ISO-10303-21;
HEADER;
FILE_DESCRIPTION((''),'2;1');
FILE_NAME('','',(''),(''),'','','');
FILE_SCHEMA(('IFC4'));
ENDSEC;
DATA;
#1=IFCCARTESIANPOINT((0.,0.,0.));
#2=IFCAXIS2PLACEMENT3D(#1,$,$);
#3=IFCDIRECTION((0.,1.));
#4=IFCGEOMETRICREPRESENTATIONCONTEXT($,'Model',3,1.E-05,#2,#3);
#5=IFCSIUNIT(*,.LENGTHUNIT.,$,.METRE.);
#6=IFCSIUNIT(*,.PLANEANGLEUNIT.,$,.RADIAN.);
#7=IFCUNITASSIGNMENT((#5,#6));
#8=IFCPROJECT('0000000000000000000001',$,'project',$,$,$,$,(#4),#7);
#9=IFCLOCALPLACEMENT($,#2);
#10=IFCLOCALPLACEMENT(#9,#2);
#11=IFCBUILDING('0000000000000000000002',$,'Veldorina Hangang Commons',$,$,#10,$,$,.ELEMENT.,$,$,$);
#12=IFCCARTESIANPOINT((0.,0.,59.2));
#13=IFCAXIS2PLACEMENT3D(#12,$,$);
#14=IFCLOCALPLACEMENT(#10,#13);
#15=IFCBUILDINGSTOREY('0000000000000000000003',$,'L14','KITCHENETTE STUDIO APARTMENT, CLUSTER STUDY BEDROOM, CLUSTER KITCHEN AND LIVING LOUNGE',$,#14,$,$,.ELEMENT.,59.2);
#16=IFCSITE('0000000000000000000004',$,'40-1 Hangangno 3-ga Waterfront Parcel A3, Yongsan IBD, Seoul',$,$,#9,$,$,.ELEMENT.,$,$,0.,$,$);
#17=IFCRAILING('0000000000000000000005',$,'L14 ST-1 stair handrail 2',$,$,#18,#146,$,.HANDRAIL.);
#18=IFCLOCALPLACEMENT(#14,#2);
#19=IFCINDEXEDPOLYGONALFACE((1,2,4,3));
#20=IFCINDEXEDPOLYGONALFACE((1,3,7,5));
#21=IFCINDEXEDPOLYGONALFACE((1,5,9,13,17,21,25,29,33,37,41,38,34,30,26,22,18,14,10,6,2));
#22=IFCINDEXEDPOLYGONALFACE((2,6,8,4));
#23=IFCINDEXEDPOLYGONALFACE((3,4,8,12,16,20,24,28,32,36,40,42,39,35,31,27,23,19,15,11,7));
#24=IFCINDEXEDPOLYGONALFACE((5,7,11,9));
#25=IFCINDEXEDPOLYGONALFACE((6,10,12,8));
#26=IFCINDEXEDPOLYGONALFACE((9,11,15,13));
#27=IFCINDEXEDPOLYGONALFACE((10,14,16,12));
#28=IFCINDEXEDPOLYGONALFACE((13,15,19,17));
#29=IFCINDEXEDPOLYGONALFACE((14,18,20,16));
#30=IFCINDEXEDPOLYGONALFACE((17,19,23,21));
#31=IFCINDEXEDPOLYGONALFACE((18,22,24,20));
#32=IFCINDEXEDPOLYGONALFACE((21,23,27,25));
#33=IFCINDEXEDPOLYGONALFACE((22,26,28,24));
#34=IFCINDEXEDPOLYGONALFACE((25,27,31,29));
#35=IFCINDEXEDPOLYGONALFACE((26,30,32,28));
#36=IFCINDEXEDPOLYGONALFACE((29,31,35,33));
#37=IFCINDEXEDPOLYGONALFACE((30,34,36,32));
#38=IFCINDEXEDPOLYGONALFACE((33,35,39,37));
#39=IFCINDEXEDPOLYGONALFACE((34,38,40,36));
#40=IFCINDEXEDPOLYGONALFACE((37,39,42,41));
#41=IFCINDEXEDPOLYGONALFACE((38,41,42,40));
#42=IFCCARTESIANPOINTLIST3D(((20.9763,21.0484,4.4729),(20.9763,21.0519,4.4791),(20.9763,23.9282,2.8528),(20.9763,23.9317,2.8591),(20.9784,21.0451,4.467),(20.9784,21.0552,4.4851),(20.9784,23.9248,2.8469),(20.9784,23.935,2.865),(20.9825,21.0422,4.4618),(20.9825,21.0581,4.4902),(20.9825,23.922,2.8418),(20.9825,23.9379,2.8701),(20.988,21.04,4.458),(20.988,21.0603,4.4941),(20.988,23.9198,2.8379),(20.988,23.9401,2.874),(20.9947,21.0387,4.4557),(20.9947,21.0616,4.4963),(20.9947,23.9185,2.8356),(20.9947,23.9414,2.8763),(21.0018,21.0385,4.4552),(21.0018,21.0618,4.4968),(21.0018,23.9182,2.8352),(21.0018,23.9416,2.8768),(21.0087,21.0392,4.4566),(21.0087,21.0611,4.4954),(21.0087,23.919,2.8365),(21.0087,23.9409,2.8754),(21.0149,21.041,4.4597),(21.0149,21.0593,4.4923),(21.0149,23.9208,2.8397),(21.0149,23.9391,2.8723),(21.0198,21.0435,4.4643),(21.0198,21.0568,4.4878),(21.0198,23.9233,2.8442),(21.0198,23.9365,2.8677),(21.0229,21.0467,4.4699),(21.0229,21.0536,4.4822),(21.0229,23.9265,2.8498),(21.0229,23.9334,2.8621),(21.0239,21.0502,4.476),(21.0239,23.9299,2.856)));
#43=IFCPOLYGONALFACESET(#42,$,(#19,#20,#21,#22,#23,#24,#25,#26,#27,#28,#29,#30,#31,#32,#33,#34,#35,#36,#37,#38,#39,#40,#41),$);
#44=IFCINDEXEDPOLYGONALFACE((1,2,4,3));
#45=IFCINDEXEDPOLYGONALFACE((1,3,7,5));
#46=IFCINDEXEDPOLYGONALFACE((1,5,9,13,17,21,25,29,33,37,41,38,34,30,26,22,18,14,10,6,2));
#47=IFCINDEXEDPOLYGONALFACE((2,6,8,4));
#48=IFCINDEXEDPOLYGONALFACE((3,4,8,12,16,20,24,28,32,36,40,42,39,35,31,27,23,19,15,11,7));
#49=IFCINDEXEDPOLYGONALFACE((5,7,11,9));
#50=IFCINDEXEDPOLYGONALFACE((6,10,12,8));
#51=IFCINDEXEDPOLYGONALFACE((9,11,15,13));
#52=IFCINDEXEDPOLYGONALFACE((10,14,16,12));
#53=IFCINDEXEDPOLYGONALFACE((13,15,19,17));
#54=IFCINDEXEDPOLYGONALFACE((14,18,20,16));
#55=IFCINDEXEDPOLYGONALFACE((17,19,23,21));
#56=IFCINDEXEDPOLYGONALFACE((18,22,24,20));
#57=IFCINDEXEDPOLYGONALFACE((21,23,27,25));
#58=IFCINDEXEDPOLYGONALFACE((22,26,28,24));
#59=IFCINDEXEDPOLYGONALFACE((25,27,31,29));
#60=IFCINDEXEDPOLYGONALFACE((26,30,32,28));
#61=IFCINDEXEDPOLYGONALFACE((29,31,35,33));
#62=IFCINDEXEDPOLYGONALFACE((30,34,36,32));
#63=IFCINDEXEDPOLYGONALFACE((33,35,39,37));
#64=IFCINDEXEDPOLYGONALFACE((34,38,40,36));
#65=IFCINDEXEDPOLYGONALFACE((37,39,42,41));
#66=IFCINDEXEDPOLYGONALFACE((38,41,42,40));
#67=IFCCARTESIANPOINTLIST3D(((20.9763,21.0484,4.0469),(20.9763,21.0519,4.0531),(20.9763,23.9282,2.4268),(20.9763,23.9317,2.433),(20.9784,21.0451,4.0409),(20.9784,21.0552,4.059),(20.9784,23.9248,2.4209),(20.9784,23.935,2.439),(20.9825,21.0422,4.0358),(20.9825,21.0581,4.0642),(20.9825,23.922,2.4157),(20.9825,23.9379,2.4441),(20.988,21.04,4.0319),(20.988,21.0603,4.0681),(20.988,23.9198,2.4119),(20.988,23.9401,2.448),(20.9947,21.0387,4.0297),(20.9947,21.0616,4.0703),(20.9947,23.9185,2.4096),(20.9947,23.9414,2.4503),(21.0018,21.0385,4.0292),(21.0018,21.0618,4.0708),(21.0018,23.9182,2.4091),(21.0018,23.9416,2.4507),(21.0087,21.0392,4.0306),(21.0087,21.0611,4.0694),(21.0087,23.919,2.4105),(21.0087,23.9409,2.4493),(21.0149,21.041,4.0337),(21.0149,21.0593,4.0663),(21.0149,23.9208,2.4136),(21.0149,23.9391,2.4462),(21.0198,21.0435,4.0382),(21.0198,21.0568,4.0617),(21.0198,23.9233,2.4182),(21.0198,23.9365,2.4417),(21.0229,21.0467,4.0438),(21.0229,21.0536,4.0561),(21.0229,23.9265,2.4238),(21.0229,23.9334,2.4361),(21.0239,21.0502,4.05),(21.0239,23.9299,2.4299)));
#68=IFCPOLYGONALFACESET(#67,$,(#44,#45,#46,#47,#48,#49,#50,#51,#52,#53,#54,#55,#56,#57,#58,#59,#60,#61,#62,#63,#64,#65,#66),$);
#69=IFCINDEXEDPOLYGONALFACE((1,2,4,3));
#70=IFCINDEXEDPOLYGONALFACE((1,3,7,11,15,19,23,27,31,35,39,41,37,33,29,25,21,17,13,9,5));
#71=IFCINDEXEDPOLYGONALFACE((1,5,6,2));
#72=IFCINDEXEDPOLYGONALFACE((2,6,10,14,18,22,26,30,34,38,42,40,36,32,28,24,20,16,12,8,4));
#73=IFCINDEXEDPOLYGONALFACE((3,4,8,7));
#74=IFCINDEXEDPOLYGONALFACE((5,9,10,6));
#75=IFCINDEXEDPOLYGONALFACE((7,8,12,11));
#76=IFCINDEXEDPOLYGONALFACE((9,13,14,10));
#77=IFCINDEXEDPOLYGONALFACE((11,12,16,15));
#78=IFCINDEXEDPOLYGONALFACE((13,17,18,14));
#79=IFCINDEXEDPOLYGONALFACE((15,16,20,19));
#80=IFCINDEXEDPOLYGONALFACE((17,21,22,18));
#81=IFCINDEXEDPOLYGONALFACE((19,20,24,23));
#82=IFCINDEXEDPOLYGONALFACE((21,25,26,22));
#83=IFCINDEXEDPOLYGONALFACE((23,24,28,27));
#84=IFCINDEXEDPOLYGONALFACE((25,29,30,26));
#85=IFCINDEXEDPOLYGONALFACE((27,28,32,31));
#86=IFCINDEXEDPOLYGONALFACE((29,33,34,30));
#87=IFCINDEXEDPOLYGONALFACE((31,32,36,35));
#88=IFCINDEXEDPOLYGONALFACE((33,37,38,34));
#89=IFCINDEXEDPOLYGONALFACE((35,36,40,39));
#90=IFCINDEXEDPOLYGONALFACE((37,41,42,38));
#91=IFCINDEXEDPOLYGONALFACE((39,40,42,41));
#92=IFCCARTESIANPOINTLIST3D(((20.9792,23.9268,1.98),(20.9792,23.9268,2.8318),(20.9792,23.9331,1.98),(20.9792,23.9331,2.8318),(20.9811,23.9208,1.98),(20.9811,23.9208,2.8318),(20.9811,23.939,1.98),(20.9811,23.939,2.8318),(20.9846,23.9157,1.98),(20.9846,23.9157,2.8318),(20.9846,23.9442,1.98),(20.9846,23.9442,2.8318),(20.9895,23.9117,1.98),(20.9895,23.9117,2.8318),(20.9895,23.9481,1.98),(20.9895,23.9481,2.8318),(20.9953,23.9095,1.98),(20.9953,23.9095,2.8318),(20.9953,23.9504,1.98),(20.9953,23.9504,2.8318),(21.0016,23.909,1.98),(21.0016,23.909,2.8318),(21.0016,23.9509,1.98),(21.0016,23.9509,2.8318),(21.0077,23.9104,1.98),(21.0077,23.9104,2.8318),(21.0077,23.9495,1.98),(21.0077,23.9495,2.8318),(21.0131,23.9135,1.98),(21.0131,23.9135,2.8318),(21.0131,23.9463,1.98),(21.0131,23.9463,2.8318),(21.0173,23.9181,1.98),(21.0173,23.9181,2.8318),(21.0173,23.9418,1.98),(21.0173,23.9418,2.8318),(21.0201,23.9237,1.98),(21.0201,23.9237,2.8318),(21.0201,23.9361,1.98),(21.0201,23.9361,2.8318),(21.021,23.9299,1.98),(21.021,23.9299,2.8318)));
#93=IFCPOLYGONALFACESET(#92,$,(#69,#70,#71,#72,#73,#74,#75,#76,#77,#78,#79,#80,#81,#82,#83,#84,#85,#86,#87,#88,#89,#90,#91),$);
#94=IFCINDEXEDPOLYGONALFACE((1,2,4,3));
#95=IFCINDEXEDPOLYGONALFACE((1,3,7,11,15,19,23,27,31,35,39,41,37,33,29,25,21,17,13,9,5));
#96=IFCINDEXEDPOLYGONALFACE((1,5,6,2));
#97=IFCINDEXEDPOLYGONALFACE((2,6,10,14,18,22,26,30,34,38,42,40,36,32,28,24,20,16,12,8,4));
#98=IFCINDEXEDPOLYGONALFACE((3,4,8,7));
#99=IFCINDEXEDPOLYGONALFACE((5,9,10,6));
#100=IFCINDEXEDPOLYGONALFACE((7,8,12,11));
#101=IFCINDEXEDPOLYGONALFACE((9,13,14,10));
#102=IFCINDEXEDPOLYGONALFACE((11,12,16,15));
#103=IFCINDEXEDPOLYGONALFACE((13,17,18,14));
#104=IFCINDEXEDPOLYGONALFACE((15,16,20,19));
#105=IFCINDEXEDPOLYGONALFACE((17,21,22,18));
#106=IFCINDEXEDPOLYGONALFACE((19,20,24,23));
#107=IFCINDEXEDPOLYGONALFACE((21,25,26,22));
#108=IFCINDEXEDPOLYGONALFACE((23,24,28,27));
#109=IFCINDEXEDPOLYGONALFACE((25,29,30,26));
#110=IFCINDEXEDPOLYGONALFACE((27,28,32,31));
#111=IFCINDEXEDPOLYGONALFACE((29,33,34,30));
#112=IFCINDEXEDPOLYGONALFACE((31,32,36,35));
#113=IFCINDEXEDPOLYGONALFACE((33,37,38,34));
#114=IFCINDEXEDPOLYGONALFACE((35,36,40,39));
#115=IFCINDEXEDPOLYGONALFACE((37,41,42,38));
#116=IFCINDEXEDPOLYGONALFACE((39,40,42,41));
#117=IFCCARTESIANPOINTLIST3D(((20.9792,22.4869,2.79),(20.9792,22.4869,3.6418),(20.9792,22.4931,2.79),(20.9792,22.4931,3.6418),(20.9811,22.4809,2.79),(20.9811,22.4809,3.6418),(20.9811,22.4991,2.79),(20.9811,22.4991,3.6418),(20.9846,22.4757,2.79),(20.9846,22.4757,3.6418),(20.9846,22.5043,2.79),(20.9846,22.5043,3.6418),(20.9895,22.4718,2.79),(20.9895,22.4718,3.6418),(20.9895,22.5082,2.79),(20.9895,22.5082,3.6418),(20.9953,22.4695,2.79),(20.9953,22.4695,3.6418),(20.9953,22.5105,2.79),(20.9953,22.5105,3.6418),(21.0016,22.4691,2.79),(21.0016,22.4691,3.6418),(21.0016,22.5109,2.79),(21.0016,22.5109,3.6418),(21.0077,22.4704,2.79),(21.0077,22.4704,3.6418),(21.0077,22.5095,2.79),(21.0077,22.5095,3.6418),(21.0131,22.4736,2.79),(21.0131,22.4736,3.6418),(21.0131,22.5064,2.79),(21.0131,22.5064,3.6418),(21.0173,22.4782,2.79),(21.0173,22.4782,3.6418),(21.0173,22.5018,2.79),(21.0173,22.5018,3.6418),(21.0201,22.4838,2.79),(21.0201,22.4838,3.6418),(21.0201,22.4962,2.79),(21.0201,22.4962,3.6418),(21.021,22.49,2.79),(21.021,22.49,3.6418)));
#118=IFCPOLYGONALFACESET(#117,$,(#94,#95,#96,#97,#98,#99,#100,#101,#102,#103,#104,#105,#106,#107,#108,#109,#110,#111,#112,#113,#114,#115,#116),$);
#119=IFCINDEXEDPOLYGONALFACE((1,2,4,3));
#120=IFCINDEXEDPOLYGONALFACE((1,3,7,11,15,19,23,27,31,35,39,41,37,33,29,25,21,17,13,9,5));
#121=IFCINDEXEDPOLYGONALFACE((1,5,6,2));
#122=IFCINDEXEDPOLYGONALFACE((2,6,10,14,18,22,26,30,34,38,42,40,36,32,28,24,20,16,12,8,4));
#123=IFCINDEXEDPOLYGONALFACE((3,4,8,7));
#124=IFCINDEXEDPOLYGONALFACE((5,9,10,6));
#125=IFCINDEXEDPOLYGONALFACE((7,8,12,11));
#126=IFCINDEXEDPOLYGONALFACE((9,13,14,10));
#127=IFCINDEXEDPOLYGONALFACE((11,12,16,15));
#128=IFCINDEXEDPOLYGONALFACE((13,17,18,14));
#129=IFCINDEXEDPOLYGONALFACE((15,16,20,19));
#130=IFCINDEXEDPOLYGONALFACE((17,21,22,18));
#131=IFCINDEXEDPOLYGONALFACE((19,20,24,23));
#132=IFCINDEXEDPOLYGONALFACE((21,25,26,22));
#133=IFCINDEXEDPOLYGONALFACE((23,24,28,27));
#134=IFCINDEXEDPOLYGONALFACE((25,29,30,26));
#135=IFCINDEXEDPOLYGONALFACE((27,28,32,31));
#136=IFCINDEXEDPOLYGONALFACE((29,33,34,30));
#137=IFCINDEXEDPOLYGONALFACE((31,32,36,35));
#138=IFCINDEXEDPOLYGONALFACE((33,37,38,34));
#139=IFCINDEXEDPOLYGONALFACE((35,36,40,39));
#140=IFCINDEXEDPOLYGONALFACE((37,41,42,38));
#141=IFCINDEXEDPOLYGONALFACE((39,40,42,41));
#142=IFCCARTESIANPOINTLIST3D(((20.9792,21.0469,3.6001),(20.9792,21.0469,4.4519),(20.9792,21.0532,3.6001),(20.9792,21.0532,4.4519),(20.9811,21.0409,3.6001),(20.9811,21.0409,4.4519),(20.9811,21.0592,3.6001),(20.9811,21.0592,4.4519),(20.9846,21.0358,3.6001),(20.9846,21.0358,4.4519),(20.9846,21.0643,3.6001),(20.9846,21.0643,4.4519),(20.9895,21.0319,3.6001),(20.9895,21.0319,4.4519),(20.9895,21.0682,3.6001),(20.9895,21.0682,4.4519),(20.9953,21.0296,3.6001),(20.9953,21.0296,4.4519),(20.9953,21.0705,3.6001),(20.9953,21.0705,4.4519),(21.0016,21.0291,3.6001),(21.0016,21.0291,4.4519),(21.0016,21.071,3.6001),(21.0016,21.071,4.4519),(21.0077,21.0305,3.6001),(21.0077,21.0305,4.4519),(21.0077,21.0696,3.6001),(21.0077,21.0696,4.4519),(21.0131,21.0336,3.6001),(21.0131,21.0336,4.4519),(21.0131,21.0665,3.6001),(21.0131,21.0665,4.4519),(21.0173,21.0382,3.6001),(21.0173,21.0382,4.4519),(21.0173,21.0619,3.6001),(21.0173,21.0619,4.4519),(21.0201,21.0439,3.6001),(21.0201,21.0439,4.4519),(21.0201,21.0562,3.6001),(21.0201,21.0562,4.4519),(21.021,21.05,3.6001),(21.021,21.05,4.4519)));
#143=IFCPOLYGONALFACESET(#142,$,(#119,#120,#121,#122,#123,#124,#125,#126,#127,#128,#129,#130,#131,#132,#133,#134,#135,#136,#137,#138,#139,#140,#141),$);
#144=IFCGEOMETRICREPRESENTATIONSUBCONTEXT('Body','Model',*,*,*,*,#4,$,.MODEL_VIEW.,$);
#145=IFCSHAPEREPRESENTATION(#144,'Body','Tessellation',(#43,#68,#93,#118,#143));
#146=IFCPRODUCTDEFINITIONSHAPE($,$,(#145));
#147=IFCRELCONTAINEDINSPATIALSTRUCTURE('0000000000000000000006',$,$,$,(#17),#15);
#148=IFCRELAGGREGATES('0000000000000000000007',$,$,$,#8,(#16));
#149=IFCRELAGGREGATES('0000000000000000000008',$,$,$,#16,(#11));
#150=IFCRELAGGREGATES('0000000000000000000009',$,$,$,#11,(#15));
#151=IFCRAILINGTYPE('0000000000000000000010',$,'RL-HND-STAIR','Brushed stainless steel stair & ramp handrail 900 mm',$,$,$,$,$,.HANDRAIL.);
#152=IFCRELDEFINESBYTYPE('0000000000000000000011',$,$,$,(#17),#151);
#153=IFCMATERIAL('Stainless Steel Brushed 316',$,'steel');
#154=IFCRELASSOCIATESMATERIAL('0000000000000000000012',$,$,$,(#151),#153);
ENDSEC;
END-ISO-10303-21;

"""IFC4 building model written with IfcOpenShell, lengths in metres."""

from ifc_helpers import new_model, si_unit, direction, frame, origin, origin_2d, place, context, subcontext, project, spatial, circle, extrude, material, type_object, element, save


model = new_model("IFC4")

# Units and contexts
model_context = context("Model", 3, precision=1e-05, world=origin(), true_north=direction((0.0, 1.0)))
body_context = subcontext(model_context, "Body", "Model", "MODEL_VIEW")
ifc_project = project(units=[si_unit("LENGTHUNIT", "METRE"), si_unit("PLANEANGLEUNIT", "RADIAN")], contexts=[model_context])

# Site, building, storey
site_placement = place(None, origin())
site = spatial("IfcSite", under=ifc_project, at=site_placement, Name="40-1 Hangangno 3-ga Waterfront Parcel A3, Yongsan IBD, Seoul", CompositionType="ELEMENT", RefElevation=0.0)
building_placement = place(site_placement, origin())
building = spatial("IfcBuilding", under=site, at=building_placement, Name="Veldorina Hangang Commons", CompositionType="ELEMENT")
storey_placement = place(building_placement, frame((0.0, 0.0, 59.2)))
storey = spatial("IfcBuildingStorey", under=building, at=storey_placement, Name="L14", Description="KITCHENETTE STUDIO APARTMENT, CLUSTER STUDY BEDROOM, CLUSTER KITCHEN AND LIVING LOUNGE", CompositionType="ELEMENT", Elevation=59.2)

# Railing
ifc_material_1 = material(Name="Stainless Steel Brushed 316", Category="steel")
railing_type_1 = type_object("IfcRailingType", Name="RL-HND-STAIR", Description="Brushed stainless steel stair & ramp handrail 900 mm", PredefinedType="HANDRAIL", material=ifc_material_1)
railing_1_placement = place(storey_placement, frame((21.0, 23.9299, 1.98)))
element("IfcRailing", 1, at=railing_1_placement, inside=storey, type_object=railing_type_1, Name="L14 ST-1 stair handrail 2", PredefinedType="HANDRAIL", context=body_context, shape_type="SweptSolid", body=[
    extrude(circle(Radius=0.0239, at=origin_2d()), frame((0.0, 0.0, 0.876), z_axis=(0.0, -0.871552, 0.490303), x_axis=(1.0, 0.0, 0.0)), (0.0, 0.0, 1.0), 3.3042),
    extrude(circle(Radius=0.0239, at=origin_2d()), frame((0.0, 0.0, 0.45), z_axis=(0.0, -0.871552, 0.490303), x_axis=(1.0, 0.0, 0.0)), (0.0, 0.0, 1.0), 3.3042),
    extrude(circle(Radius=0.021, at=origin_2d()), origin(), (0.0, 0.0, 1.0), 0.8518),
    extrude(circle(Radius=0.021, at=origin_2d()), frame((0.0, -1.4399, 0.8101)), (0.0, 0.0, 1.0), 0.8518),
    extrude(circle(Radius=0.021, at=origin_2d()), frame((0.0, -2.8799, 1.6201)), (0.0, 0.0, 1.0), 0.8518),
])

save(model, "model.ifc")
